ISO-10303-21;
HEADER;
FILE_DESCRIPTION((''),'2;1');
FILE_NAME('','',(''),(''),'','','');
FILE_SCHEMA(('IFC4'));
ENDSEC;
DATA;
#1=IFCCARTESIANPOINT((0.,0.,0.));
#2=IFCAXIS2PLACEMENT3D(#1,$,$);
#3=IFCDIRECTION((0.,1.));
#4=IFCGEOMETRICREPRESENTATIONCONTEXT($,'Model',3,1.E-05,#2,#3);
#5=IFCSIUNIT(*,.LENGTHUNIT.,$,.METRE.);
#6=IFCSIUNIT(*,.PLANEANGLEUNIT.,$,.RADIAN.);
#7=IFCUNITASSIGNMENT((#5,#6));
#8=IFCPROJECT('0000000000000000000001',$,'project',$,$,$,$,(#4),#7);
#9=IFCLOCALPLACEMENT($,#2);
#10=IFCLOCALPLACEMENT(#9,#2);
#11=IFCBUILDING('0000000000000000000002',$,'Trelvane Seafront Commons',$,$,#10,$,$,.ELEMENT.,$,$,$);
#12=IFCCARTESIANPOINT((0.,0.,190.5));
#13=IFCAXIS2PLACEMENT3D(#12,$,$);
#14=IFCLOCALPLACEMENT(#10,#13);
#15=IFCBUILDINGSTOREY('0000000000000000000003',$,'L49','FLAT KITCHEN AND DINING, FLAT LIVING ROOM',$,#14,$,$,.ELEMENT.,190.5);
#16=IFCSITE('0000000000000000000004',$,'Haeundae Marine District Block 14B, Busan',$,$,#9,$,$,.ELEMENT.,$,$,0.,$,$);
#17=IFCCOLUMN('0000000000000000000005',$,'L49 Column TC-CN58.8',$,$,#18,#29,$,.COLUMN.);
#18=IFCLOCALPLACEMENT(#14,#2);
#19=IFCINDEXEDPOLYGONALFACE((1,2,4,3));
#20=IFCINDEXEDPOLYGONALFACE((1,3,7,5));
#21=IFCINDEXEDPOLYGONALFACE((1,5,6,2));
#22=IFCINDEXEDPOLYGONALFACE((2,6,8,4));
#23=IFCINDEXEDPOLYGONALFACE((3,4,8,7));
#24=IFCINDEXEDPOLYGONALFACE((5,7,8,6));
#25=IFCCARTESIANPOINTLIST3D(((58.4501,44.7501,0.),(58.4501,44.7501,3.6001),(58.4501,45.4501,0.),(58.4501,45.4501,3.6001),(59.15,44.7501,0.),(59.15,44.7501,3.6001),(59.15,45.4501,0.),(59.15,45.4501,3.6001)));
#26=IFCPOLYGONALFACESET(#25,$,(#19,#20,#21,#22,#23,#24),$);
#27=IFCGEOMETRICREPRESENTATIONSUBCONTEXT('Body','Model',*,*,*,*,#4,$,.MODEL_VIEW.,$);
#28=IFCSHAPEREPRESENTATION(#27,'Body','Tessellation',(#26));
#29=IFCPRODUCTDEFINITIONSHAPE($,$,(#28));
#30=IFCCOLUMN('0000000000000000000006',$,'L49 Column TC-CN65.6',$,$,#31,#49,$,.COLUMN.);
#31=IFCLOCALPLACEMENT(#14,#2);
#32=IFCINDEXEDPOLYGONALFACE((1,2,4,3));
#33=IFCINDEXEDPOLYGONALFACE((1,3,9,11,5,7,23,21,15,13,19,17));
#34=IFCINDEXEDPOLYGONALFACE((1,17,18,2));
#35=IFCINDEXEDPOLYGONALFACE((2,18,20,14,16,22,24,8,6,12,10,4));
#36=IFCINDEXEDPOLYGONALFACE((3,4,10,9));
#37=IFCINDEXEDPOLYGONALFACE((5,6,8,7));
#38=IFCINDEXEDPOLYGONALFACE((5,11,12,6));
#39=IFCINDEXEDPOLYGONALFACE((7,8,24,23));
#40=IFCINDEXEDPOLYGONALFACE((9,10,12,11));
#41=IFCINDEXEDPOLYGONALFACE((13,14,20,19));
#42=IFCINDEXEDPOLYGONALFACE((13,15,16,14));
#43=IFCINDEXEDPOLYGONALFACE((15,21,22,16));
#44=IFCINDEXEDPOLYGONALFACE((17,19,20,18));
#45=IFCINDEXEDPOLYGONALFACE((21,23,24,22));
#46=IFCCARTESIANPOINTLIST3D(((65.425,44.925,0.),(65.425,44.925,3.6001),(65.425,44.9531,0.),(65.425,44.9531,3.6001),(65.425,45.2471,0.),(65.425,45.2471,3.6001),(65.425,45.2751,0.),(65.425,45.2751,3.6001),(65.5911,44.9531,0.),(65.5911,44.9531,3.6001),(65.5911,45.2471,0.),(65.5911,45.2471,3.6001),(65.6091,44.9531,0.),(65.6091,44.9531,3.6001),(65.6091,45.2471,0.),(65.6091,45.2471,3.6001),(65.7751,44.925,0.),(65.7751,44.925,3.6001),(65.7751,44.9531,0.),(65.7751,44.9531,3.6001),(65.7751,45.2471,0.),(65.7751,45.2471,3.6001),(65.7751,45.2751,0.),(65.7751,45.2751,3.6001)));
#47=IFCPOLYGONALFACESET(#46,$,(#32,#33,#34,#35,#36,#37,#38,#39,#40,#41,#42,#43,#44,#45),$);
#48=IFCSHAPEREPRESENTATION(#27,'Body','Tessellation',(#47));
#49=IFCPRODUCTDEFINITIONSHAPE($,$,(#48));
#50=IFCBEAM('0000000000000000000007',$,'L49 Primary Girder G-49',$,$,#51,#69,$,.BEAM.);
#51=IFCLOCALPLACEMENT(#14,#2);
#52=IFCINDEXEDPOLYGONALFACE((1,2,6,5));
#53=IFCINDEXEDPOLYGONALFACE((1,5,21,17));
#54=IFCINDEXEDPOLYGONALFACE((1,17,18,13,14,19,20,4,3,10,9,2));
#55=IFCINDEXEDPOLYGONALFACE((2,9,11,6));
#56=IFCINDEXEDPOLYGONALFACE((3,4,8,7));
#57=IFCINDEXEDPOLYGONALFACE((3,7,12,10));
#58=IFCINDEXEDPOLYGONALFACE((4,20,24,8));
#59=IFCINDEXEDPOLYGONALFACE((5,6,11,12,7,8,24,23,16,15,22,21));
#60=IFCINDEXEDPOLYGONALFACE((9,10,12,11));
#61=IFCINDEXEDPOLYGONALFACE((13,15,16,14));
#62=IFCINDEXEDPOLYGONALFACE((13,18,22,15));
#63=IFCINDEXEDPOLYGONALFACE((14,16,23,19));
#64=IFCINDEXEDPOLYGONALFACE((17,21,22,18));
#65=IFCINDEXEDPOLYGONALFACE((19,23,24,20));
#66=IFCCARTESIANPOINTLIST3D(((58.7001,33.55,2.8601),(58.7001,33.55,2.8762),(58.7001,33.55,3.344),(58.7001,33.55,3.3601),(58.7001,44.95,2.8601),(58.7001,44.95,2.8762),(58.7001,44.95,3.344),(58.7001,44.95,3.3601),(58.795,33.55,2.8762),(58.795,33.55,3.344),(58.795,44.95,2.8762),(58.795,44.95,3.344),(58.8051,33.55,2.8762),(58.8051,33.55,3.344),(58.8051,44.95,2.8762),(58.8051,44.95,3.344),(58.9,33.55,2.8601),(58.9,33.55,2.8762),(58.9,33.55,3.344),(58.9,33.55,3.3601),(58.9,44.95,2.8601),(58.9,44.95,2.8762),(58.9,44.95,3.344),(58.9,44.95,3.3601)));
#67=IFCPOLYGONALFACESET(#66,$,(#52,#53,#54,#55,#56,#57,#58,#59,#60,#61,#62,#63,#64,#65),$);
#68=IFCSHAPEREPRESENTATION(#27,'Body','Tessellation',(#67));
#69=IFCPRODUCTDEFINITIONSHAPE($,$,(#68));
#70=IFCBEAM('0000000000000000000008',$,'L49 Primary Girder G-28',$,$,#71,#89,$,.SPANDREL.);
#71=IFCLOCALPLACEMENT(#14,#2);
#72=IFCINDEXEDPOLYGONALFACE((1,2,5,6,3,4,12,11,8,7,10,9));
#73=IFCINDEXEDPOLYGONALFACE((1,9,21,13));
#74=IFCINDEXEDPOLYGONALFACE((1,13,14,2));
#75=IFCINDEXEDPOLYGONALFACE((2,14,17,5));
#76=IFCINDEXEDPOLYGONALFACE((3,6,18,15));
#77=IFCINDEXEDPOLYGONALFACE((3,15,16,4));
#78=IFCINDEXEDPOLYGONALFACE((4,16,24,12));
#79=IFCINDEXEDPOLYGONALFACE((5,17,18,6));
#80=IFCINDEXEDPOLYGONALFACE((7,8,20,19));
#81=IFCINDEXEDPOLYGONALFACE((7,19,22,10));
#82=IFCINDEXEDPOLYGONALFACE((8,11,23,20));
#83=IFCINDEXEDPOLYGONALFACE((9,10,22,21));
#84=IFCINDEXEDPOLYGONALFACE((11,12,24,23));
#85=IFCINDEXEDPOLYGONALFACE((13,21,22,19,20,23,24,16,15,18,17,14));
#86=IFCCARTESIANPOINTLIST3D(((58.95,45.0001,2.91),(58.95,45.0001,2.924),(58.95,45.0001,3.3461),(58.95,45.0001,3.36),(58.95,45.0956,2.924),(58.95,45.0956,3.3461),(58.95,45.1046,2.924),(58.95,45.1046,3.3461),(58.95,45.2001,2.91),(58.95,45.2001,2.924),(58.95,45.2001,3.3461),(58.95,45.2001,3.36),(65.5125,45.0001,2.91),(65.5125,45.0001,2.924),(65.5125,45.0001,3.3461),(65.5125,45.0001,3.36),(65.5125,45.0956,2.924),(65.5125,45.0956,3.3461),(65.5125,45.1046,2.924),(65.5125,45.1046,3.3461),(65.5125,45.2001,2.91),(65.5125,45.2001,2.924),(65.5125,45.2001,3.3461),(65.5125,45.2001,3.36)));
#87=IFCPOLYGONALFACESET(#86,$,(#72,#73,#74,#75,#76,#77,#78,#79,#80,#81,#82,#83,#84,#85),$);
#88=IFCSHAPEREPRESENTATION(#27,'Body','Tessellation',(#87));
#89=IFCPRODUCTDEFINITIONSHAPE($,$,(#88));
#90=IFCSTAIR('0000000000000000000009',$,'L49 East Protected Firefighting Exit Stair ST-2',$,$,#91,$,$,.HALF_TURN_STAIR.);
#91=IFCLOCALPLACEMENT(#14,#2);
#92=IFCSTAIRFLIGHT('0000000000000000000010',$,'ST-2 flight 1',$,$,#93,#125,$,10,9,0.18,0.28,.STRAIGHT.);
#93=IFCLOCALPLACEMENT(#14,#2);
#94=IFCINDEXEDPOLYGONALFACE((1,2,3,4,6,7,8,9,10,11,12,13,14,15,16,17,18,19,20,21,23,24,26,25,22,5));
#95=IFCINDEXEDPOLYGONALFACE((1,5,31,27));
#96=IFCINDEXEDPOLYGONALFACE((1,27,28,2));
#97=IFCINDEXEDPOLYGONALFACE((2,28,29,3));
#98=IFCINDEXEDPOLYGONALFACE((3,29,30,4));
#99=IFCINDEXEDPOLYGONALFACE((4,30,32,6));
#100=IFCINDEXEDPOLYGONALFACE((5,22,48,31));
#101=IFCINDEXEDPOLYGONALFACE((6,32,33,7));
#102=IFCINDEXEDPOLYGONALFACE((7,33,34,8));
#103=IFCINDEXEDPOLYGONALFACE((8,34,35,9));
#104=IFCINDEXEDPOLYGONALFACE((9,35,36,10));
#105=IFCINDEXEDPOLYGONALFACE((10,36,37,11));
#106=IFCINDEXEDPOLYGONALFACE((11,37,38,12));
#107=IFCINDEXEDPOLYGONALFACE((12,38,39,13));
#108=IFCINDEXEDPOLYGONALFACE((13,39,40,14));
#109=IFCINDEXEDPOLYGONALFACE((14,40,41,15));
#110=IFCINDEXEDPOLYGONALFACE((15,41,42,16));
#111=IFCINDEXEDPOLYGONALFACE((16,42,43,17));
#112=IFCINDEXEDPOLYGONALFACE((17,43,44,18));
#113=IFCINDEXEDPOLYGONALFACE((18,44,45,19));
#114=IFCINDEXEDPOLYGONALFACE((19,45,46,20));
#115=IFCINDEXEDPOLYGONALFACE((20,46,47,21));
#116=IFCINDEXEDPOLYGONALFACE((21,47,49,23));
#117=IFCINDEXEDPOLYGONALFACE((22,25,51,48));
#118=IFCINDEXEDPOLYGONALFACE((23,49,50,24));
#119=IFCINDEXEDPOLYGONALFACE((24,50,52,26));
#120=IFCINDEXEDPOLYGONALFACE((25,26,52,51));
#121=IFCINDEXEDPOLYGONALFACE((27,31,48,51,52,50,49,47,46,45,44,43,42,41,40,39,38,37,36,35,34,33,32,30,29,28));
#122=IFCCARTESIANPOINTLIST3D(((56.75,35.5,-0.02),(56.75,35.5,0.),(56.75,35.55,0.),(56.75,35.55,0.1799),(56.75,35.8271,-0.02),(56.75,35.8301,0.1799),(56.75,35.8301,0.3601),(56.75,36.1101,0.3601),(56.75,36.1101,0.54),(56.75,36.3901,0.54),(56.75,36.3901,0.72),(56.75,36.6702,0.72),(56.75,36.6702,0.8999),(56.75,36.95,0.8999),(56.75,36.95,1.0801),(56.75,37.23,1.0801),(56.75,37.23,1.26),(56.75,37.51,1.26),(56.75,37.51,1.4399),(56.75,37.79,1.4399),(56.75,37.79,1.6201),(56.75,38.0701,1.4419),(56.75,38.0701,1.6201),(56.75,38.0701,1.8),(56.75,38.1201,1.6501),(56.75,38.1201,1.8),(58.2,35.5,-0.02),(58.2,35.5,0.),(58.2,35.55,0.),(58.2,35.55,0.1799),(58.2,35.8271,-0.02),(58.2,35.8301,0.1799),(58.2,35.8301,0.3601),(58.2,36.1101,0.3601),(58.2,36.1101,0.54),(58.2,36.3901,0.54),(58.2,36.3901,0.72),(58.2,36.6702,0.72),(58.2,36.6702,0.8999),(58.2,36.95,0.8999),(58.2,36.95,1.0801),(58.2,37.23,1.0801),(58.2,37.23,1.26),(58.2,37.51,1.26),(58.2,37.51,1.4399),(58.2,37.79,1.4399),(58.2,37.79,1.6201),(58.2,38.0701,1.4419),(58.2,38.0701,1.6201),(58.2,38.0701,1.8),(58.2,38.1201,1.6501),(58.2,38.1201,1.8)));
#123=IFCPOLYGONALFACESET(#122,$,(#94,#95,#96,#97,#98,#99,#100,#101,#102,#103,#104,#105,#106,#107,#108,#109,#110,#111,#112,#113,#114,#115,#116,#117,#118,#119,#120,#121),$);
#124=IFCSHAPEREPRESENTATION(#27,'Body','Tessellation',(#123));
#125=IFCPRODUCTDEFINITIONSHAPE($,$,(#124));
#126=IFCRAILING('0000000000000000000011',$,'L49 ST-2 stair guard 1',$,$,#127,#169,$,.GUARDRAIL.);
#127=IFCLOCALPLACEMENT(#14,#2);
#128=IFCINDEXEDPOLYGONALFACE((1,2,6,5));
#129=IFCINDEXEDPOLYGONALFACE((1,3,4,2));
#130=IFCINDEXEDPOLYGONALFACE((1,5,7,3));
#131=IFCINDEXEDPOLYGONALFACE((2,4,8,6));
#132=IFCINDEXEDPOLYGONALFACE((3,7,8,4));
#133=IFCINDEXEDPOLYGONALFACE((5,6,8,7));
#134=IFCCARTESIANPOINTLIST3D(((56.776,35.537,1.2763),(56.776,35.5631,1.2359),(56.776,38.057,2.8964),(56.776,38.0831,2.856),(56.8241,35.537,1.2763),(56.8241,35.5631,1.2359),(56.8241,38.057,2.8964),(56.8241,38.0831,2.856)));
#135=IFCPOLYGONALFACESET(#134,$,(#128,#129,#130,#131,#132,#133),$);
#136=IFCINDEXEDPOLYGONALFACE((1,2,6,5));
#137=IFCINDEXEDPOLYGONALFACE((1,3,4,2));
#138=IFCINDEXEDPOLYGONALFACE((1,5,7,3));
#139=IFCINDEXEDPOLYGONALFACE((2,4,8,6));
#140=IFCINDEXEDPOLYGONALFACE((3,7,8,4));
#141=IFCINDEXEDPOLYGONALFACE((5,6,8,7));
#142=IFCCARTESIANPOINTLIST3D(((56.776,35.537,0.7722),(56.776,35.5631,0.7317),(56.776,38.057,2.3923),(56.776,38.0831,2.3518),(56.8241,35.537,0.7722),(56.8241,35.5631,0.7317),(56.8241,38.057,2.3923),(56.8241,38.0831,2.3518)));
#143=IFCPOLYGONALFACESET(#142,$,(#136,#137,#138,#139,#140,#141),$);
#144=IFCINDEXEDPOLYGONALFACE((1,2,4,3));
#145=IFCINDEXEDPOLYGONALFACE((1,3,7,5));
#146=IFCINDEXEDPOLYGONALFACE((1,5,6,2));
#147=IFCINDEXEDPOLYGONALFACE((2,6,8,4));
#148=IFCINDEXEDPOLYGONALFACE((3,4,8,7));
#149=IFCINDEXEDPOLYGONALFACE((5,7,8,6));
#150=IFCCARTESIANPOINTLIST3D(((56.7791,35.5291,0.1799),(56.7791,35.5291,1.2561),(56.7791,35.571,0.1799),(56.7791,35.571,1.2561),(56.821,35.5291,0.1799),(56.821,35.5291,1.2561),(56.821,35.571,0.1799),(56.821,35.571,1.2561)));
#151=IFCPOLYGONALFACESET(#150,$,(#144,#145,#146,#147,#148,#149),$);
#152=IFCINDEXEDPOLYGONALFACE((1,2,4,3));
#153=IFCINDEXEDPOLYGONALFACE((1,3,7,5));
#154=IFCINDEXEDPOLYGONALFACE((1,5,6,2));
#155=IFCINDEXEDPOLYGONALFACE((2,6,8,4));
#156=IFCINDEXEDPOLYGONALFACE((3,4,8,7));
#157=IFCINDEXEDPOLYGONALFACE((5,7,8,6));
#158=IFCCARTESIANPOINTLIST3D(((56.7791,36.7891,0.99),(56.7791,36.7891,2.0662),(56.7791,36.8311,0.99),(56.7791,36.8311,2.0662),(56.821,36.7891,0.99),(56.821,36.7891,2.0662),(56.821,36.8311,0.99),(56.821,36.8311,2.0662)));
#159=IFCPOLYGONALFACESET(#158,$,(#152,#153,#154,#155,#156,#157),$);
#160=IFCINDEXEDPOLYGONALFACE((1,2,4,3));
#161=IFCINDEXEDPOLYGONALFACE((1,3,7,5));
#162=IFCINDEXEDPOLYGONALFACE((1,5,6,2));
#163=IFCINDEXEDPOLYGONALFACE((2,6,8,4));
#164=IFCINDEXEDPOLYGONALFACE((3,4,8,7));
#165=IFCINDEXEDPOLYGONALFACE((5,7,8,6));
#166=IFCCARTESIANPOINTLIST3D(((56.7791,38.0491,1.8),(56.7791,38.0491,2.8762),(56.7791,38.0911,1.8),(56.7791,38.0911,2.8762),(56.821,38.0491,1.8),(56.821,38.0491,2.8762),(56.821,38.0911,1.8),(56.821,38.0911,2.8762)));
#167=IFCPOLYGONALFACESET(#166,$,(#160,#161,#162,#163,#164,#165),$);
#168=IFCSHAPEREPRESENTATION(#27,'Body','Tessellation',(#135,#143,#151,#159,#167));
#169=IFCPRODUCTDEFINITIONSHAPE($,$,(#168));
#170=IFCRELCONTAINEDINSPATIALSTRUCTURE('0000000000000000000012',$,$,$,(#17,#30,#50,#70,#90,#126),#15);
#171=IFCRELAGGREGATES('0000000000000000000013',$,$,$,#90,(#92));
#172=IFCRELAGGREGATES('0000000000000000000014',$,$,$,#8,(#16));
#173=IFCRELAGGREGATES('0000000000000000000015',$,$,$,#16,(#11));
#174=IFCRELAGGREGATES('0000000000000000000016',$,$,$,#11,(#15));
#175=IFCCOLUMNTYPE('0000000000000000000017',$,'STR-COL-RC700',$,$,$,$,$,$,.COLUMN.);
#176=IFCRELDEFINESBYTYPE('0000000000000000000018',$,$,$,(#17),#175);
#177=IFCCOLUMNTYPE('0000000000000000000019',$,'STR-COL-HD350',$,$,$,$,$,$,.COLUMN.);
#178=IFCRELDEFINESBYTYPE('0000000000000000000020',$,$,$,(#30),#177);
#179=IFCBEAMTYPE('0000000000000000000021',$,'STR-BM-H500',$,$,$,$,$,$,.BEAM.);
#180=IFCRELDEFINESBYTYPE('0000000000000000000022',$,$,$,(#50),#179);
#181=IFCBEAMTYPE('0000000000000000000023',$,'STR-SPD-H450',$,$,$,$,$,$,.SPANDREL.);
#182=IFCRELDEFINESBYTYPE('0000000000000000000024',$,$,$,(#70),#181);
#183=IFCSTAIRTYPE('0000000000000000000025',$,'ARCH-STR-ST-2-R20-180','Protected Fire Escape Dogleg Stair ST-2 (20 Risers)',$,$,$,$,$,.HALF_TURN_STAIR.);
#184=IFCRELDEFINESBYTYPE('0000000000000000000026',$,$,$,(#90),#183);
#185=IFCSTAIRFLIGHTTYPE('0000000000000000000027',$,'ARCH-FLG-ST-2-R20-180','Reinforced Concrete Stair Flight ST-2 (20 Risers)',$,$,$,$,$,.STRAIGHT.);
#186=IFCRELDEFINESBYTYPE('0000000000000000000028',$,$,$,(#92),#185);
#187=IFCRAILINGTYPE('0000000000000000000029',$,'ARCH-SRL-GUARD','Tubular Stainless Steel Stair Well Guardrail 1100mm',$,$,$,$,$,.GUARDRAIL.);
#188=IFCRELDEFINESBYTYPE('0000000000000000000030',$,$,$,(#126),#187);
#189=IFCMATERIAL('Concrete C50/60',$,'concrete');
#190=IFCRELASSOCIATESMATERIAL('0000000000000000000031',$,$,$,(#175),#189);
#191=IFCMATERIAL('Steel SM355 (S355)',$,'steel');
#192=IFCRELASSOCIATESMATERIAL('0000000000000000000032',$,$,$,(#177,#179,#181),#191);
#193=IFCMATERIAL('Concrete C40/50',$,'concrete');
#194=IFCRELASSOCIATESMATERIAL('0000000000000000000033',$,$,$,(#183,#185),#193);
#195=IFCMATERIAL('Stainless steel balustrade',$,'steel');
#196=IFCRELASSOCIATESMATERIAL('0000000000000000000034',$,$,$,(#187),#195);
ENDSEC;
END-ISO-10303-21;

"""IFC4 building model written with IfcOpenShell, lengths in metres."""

from ifc_helpers import new_model, si_unit, direction, frame, origin, origin_2d, place, context, subcontext, project, spatial, polyline, rectangle, i_section, outline, extrude, source, transform, mapped, material, material_profile, profile_set, type_object, element, aggregate, save


model = new_model("IFC4")

# Units and contexts
model_context = context("Model", 3, precision=1e-05, world=origin(), true_north=direction((0.0, 1.0)))
body_context = subcontext(model_context, "Body", "Model", "MODEL_VIEW")
ifc_project = project(units=[si_unit("LENGTHUNIT", "METRE"), si_unit("PLANEANGLEUNIT", "RADIAN")], contexts=[model_context])

# Site, building, storey
site_placement = place(None, origin())
site = spatial("IfcSite", under=ifc_project, at=site_placement, Name="Haeundae Marine District Block 14B, Busan", CompositionType="ELEMENT", RefElevation=0.0)
building_placement = place(site_placement, origin())
building = spatial("IfcBuilding", under=site, at=building_placement, Name="Trelvane Seafront Commons", CompositionType="ELEMENT")
storey_placement = place(building_placement, frame((0.0, 0.0, 190.5)))
storey = spatial("IfcBuildingStorey", under=building, at=storey_placement, Name="L49", Description="FLAT KITCHEN AND DINING, FLAT LIVING ROOM", CompositionType="ELEMENT", Elevation=190.5)

# Columns
ifc_material_1 = material(Name="Concrete C50/60", Category="concrete")
ifc_material_profile_1 = material_profile(ifc_material_1, rectangle(XDim=0.7, YDim=0.7, at=origin_2d()), Name="RC-700x700")
ifc_profile_set_1 = profile_set([ifc_material_profile_1], Name="Concrete C50/60")
column_type_1 = type_object("IfcColumnType", Name="STR-COL-RC700", PredefinedType="COLUMN", material=ifc_profile_set_1)
shared_shape_1 = source(origin(), body_context, "Body", "SweptSolid", [
    extrude(rectangle(XDim=0.7, YDim=0.7, at=origin_2d()), origin(), (0.0, 0.0, 1.0), 3.6001),
])
column_1_placement = place(storey_placement, frame((58.8, 45.1001, 0.0), z_axis=(0.0, 0.0, 1.0), x_axis=(1.0, 0.0, 0.0)))
element("IfcColumn", 1, at=column_1_placement, inside=storey, type_object=column_type_1, Name="L49 Column TC-CN58.8", PredefinedType="COLUMN", context=body_context, shape_type="MappedRepresentation", body=[
    mapped(shared_shape_1, transform((0.0, 0.0, 0.0), x_axis=(1.0, 0.0, 0.0), y_axis=(0.0, 1.0, 0.0), z_axis=(0.0, 0.0, 1.0), scale=1.0)),
])
ifc_material_2 = material(Name="Steel SM355 (S355)", Category="steel")
ifc_material_profile_2 = material_profile(ifc_material_2, i_section(OverallWidth=0.3501, OverallDepth=0.3501, WebThickness=0.0181, FlangeThickness=0.0281, at=origin_2d()), Name="HD-350x350x18x28")
ifc_profile_set_2 = profile_set([ifc_material_profile_2], Name="Steel SM355 (S355)")
column_type_2 = type_object("IfcColumnType", Name="STR-COL-HD350", PredefinedType="COLUMN", material=ifc_profile_set_2)
shared_shape_2 = source(origin(), body_context, "Body", "SweptSolid", [
    extrude(i_section(OverallWidth=0.3501, OverallDepth=0.3501, WebThickness=0.0181, FlangeThickness=0.0281, at=origin_2d()), origin(), (0.0, 0.0, 1.0), 3.6001),
])
column_2_placement = place(storey_placement, frame((65.6001, 45.1001, 0.0), z_axis=(0.0, 0.0, 1.0), x_axis=(1.0, 0.0, 0.0)))
element("IfcColumn", 2, at=column_2_placement, inside=storey, type_object=column_type_2, Name="L49 Column TC-CN65.6", PredefinedType="COLUMN", context=body_context, shape_type="MappedRepresentation", body=[
    mapped(shared_shape_2, transform((0.0, 0.0, 0.0), x_axis=(1.0, 0.0, 0.0), y_axis=(0.0, 1.0, 0.0), z_axis=(0.0, 0.0, 1.0), scale=1.0)),
])

# Beams
ifc_material_profile_3 = material_profile(ifc_material_2, i_section(OverallWidth=0.2, OverallDepth=0.5, WebThickness=0.01, FlangeThickness=0.0161, at=origin_2d()), Name="H-500x200x10x16")
ifc_profile_set_3 = profile_set([ifc_material_profile_3], Name="Steel SM355 (S355)")
beam_type_1 = type_object("IfcBeamType", Name="STR-BM-H500", PredefinedType="BEAM", material=ifc_profile_set_3)
shared_shape_3 = source(origin(), body_context, "Body", "SweptSolid", [
    extrude(i_section(OverallWidth=0.2, OverallDepth=0.5, WebThickness=0.01, FlangeThickness=0.0161, at=origin_2d()), origin(), (0.0, 0.0, 1.0), 11.3999),
])
beam_1_placement = place(storey_placement, frame((58.8, 33.55, 3.1101), z_axis=(0.0, 1.0, 0.0), x_axis=(-1.0, 0.0, 0.0)))
element("IfcBeam", 3, at=beam_1_placement, inside=storey, type_object=beam_type_1, Name="L49 Primary Girder G-49", PredefinedType="BEAM", context=body_context, shape_type="MappedRepresentation", body=[
    mapped(shared_shape_3, transform((0.0, 0.0, 0.0), x_axis=(1.0, 0.0, 0.0), y_axis=(0.0, 1.0, 0.0), z_axis=(0.0, 0.0, 1.0), scale=1.0)),
])
ifc_material_profile_4 = material_profile(ifc_material_2, i_section(OverallWidth=0.2, OverallDepth=0.45, WebThickness=0.009, FlangeThickness=0.0139, at=origin_2d()), Name="H-450x200x9x14")
ifc_profile_set_4 = profile_set([ifc_material_profile_4], Name="Steel SM355 (S355)")
beam_type_2 = type_object("IfcBeamType", Name="STR-SPD-H450", PredefinedType="SPANDREL", material=ifc_profile_set_4)
shared_shape_4 = source(origin(), body_context, "Body", "SweptSolid", [
    extrude(i_section(OverallWidth=0.2, OverallDepth=0.45, WebThickness=0.009, FlangeThickness=0.0139, at=origin_2d()), origin(), (0.0, 0.0, 1.0), 6.5625),
])
beam_2_placement = place(storey_placement, frame((58.95, 45.1001, 3.135), z_axis=(1.0, 0.0, 0.0), x_axis=(0.0, 1.0, 0.0)))
element("IfcBeam", 4, at=beam_2_placement, inside=storey, type_object=beam_type_2, Name="L49 Primary Girder G-28", PredefinedType="SPANDREL", context=body_context, shape_type="MappedRepresentation", body=[
    mapped(shared_shape_4, transform((0.0, 0.0, 0.0), x_axis=(1.0, 0.0, 0.0), y_axis=(0.0, 1.0, 0.0), z_axis=(0.0, 0.0, 1.0), scale=1.0)),
])

# Stair, stair flight
ifc_material_3 = material(Name="Concrete C40/50", Category="concrete")
stair_type = type_object("IfcStairType", Name="ARCH-STR-ST-2-R20-180", Description="Protected Fire Escape Dogleg Stair ST-2 (20 Risers)", PredefinedType="HALF_TURN_STAIR", material=ifc_material_3)
stair_placement = place(storey_placement, origin())
stair = element("IfcStair", 5, at=stair_placement, inside=storey, type_object=stair_type, Name="L49 East Protected Firefighting Exit Stair ST-2", PredefinedType="HALF_TURN_STAIR")
stair_flight_type = type_object("IfcStairFlightType", Name="ARCH-FLG-ST-2-R20-180", Description="Reinforced Concrete Stair Flight ST-2 (20 Risers)", PredefinedType="STRAIGHT", material=ifc_material_3)
shared_shape_5 = source(origin(), body_context, "Body", "SweptSolid", [
    extrude(outline(polyline([(-0.05, -0.02), (-0.05, 0.0), (0.0, 0.0), (0.0, 0.1799), (0.28, 0.1799), (0.28, 0.3601), (0.5601, 0.3601), (0.5601, 0.54), (0.8401, 0.54), (0.8401, 0.72), (1.1201, 0.72), (1.1201, 0.8999), (1.3999, 0.8999), (1.3999, 1.0801), (1.6799, 1.0801), (1.6799, 1.26), (1.96, 1.26), (1.96, 1.4399), (2.24, 1.4399), (2.24, 1.6201), (2.52, 1.6201), (2.52, 1.8), (2.5701, 1.8), (2.5701, 1.6501), (2.52, 1.4419), (0.2771, -0.02), (-0.05, -0.02)])), frame((0.0, 0.7251, 0.0), z_axis=(0.0, -1.0, 0.0), x_axis=(1.0, 0.0, 0.0)), (0.0, 0.0, 1.0), 1.45),
])
stair_flight_placement = place(storey_placement, frame((57.4751, 35.55, 0.0), z_axis=(0.0, 0.0, 1.0), x_axis=(0.0, 1.0, 0.0)))
stair_flight = element("IfcStairFlight", 6, at=stair_flight_placement, type_object=stair_flight_type, Name="ST-2 flight 1", NumberOfRisers=10, NumberOfTreads=9, PredefinedType="STRAIGHT", RiserHeight=0.18, TreadLength=0.28, context=body_context, shape_type="MappedRepresentation", body=[
    mapped(shared_shape_5, transform((0.0, 0.0, 0.0), x_axis=(1.0, 0.0, 0.0), y_axis=(0.0, 1.0, 0.0), z_axis=(0.0, 0.0, 1.0), scale=1.0)),
])
aggregate(stair, [stair_flight])

# Railing
ifc_material_4 = material(Name="Stainless steel balustrade", Category="steel")
railing_type_1 = type_object("IfcRailingType", Name="ARCH-SRL-GUARD", Description="Tubular Stainless Steel Stair Well Guardrail 1100mm", PredefinedType="GUARDRAIL", material=ifc_material_4)
railing_1_placement = place(storey_placement, frame((56.8, 35.55, 0.1799)))
element("IfcRailing", 7, at=railing_1_placement, inside=storey, type_object=railing_type_1, Name="L49 ST-2 stair guard 1", PredefinedType="GUARDRAIL", context=body_context, shape_type="SweptSolid", body=[
    extrude(rectangle(XDim=0.0481, YDim=0.0481, at=origin_2d()), frame((0.0, 0.0, 1.0762), z_axis=(0.0, 0.841163, 0.540782), x_axis=(-1.0, 0.0, 0.0)), (0.0, 0.0, 1.0), 2.9958),
    extrude(rectangle(XDim=0.0481, YDim=0.0481, at=origin_2d()), frame((0.0, 0.0, 0.572), z_axis=(0.0, 0.841163, 0.540782), x_axis=(-1.0, 0.0, 0.0)), (0.0, 0.0, 1.0), 2.9958),
    extrude(rectangle(XDim=0.042, YDim=0.042, at=origin_2d()), origin(), (0.0, 0.0, 1.0), 1.0762),
    extrude(rectangle(XDim=0.042, YDim=0.042, at=origin_2d()), frame((0.0, 1.26, 0.8101)), (0.0, 0.0, 1.0), 1.0762),
    extrude(rectangle(XDim=0.042, YDim=0.042, at=origin_2d()), frame((0.0, 2.52, 1.6201)), (0.0, 0.0, 1.0), 1.0762),
])

save(model, "model.ifc")
